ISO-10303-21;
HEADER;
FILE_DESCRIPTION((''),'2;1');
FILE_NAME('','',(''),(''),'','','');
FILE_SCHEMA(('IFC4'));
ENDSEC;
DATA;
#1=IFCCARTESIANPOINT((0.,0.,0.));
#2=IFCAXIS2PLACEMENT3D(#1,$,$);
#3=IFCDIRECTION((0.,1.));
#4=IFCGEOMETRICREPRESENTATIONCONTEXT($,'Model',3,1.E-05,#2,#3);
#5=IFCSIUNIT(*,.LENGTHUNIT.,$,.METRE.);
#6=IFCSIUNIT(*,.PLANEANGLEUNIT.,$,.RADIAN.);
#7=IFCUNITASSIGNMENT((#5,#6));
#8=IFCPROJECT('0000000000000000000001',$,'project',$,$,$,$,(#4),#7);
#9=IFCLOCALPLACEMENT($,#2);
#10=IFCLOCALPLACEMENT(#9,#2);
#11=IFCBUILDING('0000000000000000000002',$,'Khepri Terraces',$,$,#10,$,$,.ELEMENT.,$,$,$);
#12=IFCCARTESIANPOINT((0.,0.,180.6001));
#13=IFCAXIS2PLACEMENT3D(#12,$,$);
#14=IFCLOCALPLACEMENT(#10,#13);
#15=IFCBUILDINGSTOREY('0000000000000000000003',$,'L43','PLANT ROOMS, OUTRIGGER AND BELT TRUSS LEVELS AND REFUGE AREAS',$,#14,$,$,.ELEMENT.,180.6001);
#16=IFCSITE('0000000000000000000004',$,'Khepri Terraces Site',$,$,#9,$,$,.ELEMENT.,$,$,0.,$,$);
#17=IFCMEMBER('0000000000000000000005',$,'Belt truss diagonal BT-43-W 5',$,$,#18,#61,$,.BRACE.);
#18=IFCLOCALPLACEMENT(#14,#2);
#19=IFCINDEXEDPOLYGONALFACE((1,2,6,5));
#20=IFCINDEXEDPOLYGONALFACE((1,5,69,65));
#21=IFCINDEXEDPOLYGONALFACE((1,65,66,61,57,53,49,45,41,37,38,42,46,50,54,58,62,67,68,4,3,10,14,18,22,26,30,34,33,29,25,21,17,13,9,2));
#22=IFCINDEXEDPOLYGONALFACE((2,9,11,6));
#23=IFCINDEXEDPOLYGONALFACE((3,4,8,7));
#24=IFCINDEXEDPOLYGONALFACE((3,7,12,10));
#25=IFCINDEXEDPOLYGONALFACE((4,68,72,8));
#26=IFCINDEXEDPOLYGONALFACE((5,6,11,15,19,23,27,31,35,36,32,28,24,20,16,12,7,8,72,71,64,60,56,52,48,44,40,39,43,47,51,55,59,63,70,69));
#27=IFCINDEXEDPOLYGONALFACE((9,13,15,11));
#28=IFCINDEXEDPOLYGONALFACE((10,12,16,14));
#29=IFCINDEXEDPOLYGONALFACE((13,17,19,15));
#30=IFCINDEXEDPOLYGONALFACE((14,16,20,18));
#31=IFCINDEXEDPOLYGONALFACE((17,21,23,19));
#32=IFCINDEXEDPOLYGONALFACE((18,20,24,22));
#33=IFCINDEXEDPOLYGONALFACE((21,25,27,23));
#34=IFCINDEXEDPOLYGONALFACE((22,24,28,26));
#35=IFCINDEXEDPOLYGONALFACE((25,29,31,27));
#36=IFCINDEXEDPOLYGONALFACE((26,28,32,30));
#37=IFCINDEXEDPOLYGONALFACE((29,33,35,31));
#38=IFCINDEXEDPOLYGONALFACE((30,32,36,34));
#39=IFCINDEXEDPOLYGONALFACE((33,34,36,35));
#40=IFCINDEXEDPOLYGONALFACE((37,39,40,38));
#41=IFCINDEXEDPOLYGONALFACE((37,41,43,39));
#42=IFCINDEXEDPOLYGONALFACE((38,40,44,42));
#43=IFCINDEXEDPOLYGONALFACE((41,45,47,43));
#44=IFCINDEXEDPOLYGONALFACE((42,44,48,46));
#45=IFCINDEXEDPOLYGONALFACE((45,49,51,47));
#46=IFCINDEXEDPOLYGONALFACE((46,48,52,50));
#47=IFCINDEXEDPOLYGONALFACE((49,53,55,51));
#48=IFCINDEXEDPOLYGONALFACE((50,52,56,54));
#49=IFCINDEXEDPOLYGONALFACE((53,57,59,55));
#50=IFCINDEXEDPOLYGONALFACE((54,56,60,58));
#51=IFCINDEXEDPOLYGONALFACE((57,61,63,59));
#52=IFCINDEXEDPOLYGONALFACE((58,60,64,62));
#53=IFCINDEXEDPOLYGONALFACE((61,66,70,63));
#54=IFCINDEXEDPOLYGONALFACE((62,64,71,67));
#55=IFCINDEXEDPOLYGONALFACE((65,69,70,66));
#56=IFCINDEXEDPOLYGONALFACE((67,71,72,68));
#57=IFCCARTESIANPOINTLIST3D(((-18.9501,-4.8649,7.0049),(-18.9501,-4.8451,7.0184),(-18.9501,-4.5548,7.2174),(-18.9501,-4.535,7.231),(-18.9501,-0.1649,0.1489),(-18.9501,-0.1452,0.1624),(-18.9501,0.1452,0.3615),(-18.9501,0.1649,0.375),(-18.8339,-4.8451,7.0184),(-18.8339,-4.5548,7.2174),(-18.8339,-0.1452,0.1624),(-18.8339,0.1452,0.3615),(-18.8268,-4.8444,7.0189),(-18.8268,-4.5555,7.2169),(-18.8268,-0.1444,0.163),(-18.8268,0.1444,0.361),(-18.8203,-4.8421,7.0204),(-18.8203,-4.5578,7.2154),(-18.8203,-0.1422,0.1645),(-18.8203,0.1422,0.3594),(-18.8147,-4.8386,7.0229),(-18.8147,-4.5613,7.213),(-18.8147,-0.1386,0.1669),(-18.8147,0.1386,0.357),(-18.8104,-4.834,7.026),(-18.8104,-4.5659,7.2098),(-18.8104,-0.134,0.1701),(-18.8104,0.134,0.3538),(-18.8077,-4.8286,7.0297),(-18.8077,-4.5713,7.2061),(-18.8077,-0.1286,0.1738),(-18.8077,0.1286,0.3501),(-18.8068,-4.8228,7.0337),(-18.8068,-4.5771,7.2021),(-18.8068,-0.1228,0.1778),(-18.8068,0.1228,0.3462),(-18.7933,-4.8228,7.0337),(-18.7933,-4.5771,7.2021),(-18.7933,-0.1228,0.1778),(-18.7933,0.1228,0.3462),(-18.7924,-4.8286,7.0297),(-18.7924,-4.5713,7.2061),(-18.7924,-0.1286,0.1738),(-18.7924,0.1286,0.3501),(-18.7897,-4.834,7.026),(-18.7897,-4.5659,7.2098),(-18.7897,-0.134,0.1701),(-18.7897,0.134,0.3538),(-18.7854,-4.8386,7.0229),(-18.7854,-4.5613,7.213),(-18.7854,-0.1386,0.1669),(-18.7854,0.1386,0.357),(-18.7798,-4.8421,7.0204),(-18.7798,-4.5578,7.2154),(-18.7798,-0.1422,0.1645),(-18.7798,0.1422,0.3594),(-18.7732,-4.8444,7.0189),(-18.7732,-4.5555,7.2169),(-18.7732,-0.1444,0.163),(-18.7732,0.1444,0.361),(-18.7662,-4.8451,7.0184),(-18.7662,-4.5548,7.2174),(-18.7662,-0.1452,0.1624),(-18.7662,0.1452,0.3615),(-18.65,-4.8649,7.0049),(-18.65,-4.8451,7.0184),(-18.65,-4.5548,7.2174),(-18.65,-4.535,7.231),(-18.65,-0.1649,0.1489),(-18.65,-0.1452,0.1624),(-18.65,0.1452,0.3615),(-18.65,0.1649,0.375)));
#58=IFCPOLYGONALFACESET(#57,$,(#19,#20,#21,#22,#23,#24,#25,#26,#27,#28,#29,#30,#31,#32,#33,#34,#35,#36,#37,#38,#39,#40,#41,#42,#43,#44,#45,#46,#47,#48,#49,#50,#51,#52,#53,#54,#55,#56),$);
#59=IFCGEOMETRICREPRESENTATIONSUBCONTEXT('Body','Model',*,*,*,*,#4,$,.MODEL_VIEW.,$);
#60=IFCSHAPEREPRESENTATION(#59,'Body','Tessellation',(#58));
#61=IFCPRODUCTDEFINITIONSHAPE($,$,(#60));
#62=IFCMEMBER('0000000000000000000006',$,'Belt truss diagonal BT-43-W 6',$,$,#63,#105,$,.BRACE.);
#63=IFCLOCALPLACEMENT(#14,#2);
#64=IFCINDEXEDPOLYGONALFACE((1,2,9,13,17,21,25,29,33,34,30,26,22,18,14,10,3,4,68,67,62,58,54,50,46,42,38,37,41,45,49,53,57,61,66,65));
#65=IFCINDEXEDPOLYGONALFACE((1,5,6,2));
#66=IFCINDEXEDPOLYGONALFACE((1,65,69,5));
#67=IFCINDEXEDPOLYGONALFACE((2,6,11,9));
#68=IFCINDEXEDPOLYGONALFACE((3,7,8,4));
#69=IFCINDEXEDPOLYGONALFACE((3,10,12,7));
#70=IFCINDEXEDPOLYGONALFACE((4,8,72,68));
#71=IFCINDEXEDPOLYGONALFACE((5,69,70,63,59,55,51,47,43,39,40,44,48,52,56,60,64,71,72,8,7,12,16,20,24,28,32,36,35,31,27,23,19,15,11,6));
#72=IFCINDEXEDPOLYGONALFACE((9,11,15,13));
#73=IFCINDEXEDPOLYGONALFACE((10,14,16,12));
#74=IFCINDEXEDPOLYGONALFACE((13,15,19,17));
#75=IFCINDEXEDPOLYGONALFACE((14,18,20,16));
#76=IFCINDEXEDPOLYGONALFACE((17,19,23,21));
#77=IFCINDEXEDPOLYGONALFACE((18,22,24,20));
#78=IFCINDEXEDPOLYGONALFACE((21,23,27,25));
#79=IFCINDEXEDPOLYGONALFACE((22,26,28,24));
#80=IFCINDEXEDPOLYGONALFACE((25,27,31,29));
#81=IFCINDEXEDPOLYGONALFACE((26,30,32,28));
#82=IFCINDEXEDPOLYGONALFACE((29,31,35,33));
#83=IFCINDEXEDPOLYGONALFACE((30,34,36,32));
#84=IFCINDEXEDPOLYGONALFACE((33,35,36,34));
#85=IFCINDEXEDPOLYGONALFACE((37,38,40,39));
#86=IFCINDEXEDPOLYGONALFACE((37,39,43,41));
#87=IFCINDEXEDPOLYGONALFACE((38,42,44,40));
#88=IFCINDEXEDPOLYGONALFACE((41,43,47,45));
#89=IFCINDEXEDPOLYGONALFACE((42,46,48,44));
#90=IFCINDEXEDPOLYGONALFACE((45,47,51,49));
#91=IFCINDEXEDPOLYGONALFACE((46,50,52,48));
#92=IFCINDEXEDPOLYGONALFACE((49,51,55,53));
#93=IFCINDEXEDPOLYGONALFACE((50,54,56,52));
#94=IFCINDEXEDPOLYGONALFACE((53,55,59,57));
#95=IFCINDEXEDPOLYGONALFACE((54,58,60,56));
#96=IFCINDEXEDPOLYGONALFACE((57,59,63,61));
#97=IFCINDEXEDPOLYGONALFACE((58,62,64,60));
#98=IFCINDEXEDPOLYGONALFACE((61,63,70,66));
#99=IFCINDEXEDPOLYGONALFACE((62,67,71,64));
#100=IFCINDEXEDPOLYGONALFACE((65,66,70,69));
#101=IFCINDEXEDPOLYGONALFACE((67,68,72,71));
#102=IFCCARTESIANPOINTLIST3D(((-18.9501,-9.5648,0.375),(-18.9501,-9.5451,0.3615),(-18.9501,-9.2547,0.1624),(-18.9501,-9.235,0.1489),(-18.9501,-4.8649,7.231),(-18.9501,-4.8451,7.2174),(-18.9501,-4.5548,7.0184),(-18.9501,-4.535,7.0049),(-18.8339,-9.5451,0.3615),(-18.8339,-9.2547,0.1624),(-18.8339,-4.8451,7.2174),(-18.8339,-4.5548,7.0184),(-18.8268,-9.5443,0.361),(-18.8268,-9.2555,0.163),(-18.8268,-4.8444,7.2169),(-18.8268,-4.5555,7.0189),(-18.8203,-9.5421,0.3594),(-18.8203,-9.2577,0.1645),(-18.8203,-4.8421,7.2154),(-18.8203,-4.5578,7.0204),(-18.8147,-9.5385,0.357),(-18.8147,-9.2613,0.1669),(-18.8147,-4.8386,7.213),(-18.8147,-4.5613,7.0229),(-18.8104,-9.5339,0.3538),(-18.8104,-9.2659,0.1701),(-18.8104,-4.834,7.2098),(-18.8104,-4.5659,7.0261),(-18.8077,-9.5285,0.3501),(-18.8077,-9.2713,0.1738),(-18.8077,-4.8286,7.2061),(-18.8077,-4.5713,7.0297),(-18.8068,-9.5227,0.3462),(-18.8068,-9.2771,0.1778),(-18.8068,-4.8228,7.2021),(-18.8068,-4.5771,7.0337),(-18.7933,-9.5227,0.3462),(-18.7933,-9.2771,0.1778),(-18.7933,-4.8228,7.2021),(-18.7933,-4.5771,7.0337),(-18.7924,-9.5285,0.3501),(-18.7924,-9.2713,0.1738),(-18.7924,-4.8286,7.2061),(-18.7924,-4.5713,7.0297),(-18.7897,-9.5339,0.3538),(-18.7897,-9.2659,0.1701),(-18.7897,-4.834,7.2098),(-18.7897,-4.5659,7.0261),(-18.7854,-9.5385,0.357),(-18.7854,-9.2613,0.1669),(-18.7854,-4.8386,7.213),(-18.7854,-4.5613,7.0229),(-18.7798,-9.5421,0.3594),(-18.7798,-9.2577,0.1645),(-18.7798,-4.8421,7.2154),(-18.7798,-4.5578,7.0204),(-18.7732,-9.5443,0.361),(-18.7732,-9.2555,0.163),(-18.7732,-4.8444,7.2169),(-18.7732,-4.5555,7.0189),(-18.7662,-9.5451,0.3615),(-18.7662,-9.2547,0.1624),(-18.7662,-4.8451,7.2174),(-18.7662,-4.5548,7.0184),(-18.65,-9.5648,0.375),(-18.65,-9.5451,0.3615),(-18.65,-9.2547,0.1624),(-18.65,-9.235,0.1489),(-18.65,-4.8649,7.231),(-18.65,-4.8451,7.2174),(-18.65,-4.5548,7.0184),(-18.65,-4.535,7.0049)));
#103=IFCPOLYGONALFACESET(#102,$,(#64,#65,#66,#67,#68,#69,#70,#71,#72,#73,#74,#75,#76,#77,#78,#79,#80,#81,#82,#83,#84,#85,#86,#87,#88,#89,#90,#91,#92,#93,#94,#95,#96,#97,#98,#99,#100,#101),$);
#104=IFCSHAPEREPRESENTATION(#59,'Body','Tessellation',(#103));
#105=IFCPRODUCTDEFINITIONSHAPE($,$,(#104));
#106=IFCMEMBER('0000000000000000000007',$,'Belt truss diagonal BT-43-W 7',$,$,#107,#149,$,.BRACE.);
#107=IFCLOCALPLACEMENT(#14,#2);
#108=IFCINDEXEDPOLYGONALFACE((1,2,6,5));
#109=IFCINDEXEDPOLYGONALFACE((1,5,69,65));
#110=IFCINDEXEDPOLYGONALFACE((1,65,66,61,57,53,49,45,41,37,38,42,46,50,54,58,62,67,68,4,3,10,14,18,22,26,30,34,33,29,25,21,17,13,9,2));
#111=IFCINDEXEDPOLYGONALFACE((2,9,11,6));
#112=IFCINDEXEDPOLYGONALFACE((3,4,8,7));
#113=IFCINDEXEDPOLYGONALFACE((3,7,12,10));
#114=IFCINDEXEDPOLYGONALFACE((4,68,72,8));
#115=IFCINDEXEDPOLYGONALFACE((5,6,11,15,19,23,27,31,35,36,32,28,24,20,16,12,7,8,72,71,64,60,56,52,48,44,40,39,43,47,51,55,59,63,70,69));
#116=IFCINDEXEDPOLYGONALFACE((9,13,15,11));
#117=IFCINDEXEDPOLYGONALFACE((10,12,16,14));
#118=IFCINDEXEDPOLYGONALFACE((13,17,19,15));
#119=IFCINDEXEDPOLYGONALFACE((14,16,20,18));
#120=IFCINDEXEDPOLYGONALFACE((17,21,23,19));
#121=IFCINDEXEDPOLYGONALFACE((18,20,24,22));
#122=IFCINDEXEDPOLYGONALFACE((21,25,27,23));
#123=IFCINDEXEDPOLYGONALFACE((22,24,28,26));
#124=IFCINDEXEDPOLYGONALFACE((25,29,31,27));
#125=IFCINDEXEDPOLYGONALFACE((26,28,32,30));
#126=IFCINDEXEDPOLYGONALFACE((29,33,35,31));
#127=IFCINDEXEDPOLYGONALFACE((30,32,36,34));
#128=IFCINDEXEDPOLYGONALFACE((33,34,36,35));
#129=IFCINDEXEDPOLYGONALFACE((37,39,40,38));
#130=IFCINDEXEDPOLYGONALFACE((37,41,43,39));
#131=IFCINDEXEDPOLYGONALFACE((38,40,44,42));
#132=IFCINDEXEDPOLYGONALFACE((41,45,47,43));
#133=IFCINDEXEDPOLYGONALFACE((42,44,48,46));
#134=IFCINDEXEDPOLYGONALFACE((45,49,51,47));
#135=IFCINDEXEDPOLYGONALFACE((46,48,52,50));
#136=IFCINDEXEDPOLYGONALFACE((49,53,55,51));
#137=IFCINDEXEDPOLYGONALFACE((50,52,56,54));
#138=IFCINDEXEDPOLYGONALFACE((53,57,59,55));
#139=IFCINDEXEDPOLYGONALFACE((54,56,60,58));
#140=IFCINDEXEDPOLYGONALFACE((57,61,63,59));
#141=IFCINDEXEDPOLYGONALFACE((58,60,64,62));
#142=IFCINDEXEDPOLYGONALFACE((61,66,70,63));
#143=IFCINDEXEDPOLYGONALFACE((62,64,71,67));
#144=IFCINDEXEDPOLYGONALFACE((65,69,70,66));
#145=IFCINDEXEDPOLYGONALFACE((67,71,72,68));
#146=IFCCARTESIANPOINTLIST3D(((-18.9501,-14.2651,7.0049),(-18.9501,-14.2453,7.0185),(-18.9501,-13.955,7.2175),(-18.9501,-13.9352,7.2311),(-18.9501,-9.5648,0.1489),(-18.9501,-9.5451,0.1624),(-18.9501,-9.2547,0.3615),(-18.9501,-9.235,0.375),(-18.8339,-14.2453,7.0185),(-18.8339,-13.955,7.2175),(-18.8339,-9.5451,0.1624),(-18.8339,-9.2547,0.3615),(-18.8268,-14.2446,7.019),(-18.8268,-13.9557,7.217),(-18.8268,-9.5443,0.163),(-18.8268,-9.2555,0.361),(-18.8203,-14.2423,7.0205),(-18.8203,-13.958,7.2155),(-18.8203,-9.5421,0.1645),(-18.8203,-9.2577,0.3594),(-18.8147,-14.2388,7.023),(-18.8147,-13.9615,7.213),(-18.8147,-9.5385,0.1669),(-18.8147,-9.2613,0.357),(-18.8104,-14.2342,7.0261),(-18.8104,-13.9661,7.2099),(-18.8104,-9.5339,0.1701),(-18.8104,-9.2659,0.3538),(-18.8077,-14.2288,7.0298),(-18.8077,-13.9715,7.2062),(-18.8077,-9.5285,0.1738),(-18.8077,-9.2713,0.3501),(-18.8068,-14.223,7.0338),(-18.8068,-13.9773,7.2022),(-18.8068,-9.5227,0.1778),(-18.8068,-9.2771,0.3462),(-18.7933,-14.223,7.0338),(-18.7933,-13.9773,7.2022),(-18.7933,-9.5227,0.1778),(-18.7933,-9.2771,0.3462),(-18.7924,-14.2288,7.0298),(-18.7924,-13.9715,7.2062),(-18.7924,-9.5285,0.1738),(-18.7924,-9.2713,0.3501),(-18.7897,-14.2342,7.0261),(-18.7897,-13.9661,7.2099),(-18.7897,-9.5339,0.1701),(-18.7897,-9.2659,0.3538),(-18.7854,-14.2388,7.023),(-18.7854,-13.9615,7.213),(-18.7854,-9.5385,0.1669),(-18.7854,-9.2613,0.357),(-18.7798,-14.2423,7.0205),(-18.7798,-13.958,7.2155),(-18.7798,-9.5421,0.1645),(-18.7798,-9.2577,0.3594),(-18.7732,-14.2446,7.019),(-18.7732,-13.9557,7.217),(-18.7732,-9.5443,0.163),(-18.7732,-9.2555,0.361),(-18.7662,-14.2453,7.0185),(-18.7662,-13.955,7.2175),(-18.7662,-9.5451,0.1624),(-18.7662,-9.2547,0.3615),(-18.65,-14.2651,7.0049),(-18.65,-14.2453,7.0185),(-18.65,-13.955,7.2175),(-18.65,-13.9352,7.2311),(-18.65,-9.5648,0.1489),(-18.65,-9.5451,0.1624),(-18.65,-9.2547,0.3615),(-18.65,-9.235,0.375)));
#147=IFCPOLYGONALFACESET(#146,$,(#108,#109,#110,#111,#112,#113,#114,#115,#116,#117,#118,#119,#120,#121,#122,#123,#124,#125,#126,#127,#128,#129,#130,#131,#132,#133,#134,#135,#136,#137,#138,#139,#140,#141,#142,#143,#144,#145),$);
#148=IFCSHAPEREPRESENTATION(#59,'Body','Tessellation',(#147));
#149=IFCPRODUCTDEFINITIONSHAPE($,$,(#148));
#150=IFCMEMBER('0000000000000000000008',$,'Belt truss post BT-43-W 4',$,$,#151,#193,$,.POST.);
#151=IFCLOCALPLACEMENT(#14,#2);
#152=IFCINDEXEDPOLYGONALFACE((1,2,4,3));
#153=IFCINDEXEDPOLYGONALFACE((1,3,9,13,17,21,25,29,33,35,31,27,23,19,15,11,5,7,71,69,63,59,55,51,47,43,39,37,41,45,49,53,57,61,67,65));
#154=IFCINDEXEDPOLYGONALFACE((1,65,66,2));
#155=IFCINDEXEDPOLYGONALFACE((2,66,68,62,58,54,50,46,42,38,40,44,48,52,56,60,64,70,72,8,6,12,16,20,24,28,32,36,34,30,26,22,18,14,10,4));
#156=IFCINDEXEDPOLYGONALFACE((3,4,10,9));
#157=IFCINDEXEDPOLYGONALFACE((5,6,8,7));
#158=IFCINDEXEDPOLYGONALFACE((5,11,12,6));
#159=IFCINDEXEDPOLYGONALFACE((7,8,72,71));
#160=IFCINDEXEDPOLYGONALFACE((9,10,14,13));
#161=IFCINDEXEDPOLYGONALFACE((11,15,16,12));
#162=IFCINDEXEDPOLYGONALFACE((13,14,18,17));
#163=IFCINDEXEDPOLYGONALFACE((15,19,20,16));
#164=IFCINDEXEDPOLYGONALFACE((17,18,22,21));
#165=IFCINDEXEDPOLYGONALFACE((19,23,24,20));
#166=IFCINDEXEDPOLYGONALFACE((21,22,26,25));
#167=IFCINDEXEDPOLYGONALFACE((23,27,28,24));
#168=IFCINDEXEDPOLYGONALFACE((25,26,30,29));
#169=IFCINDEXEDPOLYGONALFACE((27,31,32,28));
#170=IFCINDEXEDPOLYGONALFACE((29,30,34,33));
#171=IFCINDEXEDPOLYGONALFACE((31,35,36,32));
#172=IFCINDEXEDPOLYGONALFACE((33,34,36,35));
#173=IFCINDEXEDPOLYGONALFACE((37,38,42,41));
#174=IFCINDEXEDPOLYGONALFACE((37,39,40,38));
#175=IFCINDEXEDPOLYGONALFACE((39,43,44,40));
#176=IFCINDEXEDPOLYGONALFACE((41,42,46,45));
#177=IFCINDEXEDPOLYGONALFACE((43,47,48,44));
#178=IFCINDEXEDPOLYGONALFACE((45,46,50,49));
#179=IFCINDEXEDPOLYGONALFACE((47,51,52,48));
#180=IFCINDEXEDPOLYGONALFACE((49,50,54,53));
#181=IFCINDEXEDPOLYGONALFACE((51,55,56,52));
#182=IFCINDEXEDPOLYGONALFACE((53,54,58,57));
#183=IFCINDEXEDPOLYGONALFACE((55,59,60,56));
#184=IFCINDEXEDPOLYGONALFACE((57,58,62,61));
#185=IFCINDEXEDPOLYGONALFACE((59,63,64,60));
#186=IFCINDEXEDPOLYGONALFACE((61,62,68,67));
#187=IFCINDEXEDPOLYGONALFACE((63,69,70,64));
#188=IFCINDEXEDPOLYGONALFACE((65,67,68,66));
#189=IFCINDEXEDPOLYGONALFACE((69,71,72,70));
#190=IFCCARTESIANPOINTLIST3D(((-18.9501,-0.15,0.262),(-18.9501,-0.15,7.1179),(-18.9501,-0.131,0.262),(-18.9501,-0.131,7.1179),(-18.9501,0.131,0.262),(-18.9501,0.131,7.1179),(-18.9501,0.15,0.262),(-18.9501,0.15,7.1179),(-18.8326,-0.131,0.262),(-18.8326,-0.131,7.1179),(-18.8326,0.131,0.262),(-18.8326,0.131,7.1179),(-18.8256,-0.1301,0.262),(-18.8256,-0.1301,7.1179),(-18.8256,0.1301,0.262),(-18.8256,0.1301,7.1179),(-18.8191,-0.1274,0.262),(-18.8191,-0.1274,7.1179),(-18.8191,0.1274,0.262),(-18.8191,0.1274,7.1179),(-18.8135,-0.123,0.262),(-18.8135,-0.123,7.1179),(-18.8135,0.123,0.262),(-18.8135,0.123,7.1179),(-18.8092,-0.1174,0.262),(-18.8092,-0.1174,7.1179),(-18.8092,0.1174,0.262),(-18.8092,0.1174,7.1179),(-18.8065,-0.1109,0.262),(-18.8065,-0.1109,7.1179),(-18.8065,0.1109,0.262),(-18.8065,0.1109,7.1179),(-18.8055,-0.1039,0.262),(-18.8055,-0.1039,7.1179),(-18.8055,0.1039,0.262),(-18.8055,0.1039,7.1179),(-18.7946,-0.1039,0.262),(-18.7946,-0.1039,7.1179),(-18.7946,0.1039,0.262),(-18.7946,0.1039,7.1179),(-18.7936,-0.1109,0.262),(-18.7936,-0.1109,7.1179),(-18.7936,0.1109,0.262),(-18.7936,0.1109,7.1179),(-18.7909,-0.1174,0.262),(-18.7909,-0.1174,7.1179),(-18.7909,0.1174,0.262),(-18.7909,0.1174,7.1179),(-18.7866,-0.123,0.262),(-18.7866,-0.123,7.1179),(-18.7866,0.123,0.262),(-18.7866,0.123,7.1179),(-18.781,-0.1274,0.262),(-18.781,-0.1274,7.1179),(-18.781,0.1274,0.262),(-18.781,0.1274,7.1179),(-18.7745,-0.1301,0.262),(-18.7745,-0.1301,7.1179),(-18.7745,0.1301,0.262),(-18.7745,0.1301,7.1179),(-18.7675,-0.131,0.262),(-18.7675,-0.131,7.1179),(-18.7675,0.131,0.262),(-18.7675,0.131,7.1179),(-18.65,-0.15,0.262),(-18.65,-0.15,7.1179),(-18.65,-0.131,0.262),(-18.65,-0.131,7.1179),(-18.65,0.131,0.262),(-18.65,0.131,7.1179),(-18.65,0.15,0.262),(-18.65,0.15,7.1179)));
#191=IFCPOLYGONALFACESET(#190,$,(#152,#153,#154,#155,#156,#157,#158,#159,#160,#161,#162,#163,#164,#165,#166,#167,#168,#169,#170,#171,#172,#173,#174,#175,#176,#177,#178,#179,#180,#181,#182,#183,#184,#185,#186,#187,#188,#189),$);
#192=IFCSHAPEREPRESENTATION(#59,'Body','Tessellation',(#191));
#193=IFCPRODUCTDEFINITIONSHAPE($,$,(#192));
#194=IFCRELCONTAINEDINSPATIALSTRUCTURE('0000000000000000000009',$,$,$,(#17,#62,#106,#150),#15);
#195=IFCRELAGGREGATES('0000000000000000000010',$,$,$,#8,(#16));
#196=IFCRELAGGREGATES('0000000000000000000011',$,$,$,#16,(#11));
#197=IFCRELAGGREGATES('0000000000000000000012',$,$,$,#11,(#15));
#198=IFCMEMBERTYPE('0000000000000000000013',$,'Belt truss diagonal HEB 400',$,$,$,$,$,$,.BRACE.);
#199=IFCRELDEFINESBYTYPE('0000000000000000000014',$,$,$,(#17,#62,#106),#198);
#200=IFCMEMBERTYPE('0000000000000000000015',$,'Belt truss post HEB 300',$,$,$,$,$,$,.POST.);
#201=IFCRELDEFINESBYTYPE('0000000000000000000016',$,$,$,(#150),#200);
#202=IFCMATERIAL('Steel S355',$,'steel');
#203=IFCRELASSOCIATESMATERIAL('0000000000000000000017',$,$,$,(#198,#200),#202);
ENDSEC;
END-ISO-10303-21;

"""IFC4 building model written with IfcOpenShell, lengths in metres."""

from ifc_helpers import new_model, si_unit, direction, frame, origin, origin_2d, place, context, subcontext, project, spatial, i_section, extrude, material, material_profile, profile_set, type_object, element, save


model = new_model("IFC4")

# Units and contexts
model_context = context("Model", 3, precision=1e-05, world=origin(), true_north=direction((0.0, 1.0)))
body_context = subcontext(model_context, "Body", "Model", "MODEL_VIEW")
ifc_project = project(units=[si_unit("LENGTHUNIT", "METRE"), si_unit("PLANEANGLEUNIT", "RADIAN")], contexts=[model_context])

# Site, building, storey
site_placement = place(None, origin())
site = spatial("IfcSite", under=ifc_project, at=site_placement, Name="Khepri Terraces Site", CompositionType="ELEMENT", RefElevation=0.0)
building_placement = place(site_placement, origin())
building = spatial("IfcBuilding", under=site, at=building_placement, Name="Khepri Terraces", CompositionType="ELEMENT")
storey_placement = place(building_placement, frame((0.0, 0.0, 180.6001)))
storey = spatial("IfcBuildingStorey", under=building, at=storey_placement, Name="L43", Description="PLANT ROOMS, OUTRIGGER AND BELT TRUSS LEVELS AND REFUGE AREAS", CompositionType="ELEMENT", Elevation=180.6001)

# Members
ifc_material_1 = material(Name="Steel S355", Category="steel")
ifc_material_profile_1 = material_profile(ifc_material_1, i_section(OverallWidth=0.3, OverallDepth=0.3999, WebThickness=0.0134, FlangeThickness=0.0239, FilletRadius=0.0271, at=origin_2d()), Name="Steel S355", Category="steel")
ifc_profile_set_1 = profile_set([ifc_material_profile_1], Name="Steel S355")
member_type_1 = type_object("IfcMemberType", Name="Belt truss diagonal HEB 400", PredefinedType="BRACE", material=ifc_profile_set_1)
for number, where, z_axis, x_axis, name in (
    (1, (-18.8, 0.0, 0.262), (0.0, -0.565424, 0.8248), (1.0, 0.0, 0.0), "Belt truss diagonal BT-43-W 5"),
    (2, (-18.8, -4.7, 7.1179), (0.0, -0.565424, -0.8248), (1.0, 0.0, 0.0), "Belt truss diagonal BT-43-W 6"),
):
    element("IfcMember", number, at=place(storey_placement, frame(where, z_axis=z_axis, x_axis=x_axis)), inside=storey, type_object=member_type_1, Name=name, PredefinedType="BRACE", context=body_context, shape_type="SweptSolid", body=[
        extrude(i_section(OverallWidth=0.3, OverallDepth=0.3999, WebThickness=0.0134, FlangeThickness=0.0239, FilletRadius=0.0271, at=origin_2d()), origin(), (0.0, 0.0, 1.0), 8.3123),
    ])
member_placement = place(storey_placement, frame((-18.8, -9.3999, 0.262), z_axis=(0.0, -0.565444, 0.824787), x_axis=(1.0, 0.0, 0.0)))
element("IfcMember", 3, at=member_placement, inside=storey, type_object=member_type_1, Name="Belt truss diagonal BT-43-W 7", PredefinedType="BRACE", context=body_context, shape_type="SweptSolid", body=[
    extrude(i_section(OverallWidth=0.3, OverallDepth=0.3999, WebThickness=0.0134, FlangeThickness=0.0239, FilletRadius=0.0271, at=origin_2d()), origin(), (0.0, 0.0, 1.0), 8.3125),
])
ifc_material_profile_2 = material_profile(ifc_material_1, i_section(OverallWidth=0.3, OverallDepth=0.3, WebThickness=0.011, FlangeThickness=0.019, FilletRadius=0.0271, at=origin_2d()), Name="Steel S355", Category="steel")
ifc_profile_set_2 = profile_set([ifc_material_profile_2], Name="Steel S355")
member_type_2 = type_object("IfcMemberType", Name="Belt truss post HEB 300", PredefinedType="POST", material=ifc_profile_set_2)
for number, where, z_axis, x_axis, name in (
    (4, (-18.8, 0.0, 0.262), (0.0, 0.0, 1.0), (1.0, 0.0, 0.0), "Belt truss post BT-43-W 4"),
):
    element("IfcMember", number, at=place(storey_placement, frame(where, z_axis=z_axis, x_axis=x_axis)), inside=storey, type_object=member_type_2, Name=name, PredefinedType="POST", context=body_context, shape_type="SweptSolid", body=[
        extrude(i_section(OverallWidth=0.3, OverallDepth=0.3, WebThickness=0.011, FlangeThickness=0.019, FilletRadius=0.0271, at=origin_2d()), origin(), (0.0, 0.0, 1.0), 6.856),
    ])

save(model, "model.ifc")
